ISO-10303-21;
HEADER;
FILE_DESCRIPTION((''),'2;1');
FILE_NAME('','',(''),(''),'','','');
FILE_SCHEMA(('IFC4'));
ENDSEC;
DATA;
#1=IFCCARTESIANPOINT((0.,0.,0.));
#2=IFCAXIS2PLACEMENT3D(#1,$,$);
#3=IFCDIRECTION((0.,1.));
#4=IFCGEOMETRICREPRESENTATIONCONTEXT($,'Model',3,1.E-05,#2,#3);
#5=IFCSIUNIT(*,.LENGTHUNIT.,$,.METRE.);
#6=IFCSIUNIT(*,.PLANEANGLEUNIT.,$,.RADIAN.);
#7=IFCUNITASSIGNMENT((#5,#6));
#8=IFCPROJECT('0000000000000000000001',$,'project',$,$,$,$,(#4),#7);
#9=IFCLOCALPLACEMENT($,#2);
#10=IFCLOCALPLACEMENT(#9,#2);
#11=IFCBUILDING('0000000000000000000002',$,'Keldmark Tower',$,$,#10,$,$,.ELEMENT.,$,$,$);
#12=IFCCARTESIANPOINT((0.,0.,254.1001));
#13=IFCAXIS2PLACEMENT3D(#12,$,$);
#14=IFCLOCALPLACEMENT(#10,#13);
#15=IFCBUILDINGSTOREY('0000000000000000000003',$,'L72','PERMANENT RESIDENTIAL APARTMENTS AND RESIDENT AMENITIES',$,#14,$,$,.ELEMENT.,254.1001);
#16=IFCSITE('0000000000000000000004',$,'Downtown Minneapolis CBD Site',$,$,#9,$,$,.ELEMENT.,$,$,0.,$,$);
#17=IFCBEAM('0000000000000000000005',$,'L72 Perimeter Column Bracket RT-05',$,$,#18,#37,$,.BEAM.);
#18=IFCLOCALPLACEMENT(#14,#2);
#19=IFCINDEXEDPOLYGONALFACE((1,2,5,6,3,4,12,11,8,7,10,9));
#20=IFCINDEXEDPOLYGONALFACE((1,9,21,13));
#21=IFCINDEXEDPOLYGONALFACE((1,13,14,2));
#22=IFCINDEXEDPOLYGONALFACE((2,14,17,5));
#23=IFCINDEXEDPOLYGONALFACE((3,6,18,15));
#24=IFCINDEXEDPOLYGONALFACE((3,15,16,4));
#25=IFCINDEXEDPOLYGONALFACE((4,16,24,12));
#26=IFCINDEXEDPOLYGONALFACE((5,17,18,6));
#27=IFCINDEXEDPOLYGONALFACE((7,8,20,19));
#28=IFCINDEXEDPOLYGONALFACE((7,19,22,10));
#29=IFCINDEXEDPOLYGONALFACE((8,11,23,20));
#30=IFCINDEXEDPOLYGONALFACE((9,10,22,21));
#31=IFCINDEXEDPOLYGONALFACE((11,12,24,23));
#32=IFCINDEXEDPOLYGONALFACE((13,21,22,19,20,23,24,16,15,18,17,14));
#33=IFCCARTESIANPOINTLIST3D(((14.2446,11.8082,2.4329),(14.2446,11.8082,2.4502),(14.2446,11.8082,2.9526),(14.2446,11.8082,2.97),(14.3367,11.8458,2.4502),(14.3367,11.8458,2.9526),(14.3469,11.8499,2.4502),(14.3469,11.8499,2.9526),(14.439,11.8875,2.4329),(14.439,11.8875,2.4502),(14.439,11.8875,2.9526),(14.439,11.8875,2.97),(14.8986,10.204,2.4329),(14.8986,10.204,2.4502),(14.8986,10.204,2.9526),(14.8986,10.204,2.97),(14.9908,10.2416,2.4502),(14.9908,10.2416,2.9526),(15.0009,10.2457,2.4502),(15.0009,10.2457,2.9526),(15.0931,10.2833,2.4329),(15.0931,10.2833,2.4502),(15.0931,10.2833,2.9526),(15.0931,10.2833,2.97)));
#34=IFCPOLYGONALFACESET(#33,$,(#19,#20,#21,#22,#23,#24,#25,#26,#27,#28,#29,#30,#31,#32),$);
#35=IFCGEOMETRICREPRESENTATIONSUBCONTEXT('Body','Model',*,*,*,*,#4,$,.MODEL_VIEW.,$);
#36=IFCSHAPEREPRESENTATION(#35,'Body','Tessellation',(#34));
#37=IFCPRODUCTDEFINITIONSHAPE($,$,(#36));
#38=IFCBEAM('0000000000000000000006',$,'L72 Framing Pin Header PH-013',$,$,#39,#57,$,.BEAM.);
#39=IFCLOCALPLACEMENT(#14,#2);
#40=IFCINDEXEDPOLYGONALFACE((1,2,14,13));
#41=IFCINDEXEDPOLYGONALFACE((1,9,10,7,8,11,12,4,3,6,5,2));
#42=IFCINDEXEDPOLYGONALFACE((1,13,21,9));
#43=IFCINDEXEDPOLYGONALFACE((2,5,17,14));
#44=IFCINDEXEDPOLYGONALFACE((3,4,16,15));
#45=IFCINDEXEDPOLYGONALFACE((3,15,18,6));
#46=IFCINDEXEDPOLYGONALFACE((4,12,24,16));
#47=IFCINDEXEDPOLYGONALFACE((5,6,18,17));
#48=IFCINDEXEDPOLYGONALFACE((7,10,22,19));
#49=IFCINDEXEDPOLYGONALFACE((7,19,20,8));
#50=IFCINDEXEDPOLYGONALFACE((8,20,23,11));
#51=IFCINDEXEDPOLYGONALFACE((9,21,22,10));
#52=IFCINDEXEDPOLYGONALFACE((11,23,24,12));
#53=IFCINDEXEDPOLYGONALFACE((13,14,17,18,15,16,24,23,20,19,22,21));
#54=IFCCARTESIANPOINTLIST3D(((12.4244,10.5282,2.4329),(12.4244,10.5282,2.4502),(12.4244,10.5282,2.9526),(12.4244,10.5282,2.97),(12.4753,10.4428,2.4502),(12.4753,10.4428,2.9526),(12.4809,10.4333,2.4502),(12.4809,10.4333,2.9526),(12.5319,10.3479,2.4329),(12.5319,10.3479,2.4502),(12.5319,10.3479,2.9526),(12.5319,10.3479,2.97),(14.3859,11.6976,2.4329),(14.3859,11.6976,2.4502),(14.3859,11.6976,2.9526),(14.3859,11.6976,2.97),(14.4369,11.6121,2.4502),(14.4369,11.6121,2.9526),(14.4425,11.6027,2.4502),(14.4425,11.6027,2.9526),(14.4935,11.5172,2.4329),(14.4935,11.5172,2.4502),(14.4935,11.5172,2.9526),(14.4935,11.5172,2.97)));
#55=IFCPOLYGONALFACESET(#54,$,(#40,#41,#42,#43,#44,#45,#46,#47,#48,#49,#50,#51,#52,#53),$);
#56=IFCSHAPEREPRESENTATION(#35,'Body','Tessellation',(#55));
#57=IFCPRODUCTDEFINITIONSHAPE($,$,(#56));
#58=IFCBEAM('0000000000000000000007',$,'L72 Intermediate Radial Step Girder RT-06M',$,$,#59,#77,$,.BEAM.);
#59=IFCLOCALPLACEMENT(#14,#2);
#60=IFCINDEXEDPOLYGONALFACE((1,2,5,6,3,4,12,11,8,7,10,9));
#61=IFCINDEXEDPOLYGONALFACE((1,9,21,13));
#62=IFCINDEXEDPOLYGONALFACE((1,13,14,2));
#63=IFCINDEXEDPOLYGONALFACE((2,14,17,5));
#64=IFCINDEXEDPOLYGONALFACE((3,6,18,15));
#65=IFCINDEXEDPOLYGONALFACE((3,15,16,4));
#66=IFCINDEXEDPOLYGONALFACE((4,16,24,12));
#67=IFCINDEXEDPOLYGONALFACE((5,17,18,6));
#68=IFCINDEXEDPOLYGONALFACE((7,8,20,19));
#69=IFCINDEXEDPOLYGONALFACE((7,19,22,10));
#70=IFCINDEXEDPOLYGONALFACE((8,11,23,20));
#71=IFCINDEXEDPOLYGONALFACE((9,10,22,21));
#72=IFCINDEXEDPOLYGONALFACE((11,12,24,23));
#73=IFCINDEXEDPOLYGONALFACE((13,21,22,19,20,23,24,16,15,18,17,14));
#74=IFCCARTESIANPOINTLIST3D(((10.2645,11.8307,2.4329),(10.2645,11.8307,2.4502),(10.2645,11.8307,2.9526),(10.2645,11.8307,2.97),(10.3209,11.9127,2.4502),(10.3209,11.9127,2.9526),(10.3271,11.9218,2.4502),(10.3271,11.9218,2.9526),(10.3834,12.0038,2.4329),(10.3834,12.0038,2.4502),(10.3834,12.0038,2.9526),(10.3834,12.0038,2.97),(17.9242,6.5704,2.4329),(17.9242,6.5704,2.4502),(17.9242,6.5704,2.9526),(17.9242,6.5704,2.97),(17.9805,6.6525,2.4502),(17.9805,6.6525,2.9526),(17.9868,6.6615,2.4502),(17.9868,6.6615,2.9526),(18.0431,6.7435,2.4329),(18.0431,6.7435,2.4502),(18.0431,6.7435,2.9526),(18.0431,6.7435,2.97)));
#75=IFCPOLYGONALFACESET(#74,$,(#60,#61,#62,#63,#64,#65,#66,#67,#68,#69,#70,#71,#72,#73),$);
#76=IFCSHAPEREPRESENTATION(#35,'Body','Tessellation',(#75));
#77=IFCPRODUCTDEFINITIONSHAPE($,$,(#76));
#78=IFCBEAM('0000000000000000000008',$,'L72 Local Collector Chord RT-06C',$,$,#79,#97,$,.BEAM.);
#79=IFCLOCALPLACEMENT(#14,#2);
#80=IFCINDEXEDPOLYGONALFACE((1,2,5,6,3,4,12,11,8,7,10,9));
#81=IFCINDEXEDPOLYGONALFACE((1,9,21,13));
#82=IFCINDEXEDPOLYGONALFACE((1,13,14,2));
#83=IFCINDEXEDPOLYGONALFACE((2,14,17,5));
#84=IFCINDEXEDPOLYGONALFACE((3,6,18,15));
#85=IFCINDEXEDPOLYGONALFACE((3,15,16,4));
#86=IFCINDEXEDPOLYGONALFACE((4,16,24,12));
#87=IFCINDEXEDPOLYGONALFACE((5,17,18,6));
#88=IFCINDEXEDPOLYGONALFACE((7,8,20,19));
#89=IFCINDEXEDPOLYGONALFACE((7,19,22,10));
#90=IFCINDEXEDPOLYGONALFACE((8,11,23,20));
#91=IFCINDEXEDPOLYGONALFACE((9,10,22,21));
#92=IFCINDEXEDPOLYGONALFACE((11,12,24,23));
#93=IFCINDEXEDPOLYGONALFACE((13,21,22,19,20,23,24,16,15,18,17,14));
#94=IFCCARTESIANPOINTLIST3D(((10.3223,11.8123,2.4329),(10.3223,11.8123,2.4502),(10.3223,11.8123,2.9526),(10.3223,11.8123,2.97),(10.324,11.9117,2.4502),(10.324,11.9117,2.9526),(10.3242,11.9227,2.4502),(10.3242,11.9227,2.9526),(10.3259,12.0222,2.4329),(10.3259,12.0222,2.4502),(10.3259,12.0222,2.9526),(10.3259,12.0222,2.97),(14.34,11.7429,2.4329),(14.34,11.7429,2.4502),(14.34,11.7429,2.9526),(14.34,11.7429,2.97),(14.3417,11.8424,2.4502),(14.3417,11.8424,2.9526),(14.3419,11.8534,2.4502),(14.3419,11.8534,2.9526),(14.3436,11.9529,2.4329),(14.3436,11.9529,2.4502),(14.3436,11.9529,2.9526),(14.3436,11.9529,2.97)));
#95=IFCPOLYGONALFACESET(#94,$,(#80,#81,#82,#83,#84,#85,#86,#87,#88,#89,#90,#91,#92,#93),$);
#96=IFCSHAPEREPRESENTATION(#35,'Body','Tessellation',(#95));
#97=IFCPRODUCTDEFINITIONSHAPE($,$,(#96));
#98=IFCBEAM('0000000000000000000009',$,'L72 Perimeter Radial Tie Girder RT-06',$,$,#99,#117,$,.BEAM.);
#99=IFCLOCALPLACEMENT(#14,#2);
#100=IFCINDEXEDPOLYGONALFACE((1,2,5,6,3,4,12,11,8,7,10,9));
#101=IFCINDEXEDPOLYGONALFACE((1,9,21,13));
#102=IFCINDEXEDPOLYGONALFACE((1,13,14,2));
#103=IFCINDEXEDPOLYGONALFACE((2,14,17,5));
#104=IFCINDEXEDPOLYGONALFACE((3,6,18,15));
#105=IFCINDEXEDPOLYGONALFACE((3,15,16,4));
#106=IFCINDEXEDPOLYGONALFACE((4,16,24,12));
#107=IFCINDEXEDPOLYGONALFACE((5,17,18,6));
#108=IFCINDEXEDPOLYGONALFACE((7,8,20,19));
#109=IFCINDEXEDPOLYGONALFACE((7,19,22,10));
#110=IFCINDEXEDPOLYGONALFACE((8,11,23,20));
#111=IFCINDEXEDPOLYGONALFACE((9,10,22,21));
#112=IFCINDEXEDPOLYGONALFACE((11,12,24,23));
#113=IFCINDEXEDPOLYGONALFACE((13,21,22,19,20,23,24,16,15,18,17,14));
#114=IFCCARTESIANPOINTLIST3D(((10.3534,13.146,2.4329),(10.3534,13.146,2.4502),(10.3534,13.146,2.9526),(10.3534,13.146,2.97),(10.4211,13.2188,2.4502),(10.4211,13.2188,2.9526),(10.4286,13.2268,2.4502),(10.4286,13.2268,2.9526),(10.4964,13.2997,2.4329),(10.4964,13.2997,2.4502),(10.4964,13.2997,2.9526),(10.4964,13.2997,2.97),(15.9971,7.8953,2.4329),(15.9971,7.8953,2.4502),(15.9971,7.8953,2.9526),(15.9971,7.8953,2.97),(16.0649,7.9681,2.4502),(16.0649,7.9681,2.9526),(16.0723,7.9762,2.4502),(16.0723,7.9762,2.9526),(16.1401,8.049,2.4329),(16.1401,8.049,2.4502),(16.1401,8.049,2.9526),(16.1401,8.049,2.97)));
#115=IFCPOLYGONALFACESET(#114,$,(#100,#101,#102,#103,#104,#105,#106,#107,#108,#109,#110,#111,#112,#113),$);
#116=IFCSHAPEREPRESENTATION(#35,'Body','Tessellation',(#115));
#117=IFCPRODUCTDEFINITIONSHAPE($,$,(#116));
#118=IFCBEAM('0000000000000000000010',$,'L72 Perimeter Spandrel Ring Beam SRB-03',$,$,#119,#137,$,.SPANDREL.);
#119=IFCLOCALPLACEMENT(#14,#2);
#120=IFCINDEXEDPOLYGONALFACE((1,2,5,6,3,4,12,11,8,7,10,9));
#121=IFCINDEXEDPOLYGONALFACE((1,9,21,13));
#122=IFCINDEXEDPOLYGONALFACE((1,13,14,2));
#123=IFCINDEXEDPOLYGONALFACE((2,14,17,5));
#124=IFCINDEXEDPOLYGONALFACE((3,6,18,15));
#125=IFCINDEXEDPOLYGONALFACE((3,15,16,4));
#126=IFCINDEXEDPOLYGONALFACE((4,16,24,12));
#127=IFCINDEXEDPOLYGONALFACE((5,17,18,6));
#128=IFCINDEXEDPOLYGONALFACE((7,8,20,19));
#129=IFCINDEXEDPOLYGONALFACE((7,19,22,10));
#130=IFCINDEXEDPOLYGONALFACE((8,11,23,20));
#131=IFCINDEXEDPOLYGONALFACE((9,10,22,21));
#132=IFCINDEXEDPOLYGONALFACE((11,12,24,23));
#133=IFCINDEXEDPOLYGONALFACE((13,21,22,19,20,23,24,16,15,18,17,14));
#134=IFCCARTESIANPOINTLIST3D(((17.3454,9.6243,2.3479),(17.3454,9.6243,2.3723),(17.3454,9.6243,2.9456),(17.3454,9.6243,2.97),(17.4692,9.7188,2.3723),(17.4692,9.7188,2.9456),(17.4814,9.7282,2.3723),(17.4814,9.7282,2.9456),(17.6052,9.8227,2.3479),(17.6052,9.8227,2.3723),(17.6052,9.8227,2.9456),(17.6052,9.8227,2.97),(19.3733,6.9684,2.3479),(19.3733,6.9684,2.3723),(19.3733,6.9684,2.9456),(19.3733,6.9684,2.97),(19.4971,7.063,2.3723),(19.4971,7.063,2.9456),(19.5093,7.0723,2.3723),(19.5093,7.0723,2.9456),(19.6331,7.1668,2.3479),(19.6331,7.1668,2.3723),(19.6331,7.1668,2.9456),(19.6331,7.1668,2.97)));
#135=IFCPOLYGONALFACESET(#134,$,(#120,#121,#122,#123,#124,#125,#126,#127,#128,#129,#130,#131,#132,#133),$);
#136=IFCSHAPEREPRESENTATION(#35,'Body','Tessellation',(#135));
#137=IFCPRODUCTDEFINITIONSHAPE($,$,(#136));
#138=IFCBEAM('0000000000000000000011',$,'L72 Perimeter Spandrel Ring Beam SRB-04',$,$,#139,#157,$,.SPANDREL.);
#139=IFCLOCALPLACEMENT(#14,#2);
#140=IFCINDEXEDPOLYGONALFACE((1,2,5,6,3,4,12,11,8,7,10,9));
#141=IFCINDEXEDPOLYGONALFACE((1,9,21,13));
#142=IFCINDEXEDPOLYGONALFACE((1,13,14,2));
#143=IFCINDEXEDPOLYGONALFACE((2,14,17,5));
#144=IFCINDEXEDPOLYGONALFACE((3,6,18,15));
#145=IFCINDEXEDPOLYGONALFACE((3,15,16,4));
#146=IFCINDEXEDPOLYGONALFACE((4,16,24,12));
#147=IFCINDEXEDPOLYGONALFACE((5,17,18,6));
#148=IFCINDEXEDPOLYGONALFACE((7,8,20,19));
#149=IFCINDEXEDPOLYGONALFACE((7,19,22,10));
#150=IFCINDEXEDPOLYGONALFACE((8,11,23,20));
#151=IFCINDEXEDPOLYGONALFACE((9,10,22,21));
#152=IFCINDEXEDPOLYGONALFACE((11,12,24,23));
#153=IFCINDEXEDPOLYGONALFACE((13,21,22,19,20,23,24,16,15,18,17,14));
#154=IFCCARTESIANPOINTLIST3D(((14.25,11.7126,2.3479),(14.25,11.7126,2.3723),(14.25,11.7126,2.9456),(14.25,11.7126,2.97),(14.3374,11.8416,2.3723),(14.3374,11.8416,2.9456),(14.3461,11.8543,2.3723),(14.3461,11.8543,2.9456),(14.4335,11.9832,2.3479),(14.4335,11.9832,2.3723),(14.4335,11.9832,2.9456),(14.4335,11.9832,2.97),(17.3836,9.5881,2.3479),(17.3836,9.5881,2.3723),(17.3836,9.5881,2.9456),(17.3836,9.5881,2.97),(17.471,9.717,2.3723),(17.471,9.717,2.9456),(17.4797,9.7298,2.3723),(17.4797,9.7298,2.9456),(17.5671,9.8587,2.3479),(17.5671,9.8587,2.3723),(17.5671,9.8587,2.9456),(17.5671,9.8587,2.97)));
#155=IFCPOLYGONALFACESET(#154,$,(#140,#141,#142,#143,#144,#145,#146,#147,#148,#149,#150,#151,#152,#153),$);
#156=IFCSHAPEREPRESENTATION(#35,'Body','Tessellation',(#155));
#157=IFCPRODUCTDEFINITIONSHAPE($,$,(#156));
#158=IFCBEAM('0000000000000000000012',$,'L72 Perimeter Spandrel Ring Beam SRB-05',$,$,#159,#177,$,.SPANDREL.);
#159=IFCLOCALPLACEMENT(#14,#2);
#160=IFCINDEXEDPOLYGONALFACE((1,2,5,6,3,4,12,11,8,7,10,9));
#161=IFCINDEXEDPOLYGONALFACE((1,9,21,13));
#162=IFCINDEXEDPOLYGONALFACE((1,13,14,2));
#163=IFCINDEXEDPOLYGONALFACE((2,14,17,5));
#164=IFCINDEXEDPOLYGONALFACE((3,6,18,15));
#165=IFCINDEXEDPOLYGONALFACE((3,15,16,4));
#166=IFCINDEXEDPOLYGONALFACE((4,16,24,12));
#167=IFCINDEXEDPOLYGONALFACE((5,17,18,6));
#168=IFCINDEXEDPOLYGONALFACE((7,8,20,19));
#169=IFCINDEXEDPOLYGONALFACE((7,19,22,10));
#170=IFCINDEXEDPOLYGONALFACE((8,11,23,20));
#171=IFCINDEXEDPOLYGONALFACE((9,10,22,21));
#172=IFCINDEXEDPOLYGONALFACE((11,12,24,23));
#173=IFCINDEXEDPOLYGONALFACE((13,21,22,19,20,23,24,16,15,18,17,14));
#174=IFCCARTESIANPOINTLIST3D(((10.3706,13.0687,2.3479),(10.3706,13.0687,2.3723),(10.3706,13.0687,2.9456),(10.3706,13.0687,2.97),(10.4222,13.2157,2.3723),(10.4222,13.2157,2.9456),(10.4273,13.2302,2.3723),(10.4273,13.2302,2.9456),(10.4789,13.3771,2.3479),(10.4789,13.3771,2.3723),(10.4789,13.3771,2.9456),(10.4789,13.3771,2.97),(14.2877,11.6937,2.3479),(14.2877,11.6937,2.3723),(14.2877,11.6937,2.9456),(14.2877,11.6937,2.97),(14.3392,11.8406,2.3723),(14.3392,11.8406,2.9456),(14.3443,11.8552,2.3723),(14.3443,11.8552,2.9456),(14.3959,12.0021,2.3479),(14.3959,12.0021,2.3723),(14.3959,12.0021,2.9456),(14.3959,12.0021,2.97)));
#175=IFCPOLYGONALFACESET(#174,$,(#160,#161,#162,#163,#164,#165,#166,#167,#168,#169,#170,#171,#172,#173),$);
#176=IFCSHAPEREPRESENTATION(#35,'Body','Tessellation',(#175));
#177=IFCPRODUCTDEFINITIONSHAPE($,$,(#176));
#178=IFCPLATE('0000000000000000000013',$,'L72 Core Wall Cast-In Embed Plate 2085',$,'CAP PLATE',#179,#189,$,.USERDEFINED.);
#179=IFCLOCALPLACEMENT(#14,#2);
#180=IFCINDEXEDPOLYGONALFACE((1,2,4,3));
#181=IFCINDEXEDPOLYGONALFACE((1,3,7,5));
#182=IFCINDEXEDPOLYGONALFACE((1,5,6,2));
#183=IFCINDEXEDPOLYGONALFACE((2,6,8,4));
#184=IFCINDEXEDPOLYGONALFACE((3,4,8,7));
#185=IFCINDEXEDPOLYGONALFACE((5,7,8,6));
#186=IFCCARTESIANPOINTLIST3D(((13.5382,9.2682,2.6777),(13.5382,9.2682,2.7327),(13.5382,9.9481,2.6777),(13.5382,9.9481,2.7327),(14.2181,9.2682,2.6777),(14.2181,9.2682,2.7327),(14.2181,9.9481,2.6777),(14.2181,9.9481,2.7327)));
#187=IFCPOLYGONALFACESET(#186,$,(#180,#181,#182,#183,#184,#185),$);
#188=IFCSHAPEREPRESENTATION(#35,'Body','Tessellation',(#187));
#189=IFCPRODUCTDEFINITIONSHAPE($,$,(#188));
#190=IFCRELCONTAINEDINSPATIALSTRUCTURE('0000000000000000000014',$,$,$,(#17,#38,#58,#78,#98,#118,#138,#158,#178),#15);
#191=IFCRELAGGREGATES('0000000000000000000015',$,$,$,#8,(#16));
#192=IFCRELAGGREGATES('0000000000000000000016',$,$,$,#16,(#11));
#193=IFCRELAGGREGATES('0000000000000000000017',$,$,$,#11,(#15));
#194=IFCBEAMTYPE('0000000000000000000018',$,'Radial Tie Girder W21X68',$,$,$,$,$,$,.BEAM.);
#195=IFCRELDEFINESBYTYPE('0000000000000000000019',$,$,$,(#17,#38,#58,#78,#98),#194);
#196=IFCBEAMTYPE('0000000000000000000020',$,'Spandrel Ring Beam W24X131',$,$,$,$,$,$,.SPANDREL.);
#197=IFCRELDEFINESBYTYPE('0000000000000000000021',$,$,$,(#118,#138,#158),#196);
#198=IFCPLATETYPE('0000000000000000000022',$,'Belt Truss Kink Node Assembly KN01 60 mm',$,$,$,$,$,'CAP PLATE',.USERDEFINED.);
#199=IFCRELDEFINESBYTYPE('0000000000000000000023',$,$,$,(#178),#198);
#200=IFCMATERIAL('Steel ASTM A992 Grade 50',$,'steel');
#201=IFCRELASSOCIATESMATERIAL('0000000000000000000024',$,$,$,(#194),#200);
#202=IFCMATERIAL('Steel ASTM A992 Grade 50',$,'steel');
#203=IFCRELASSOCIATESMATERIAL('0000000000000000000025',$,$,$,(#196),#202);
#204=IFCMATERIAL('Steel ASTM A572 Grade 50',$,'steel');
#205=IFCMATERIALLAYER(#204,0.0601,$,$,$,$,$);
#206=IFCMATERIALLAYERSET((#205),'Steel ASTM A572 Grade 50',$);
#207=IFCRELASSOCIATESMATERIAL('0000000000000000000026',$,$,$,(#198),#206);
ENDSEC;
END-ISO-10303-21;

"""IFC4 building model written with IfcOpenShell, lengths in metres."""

from ifc_helpers import new_model, si_unit, direction, frame, origin, origin_2d, place, context, subcontext, project, spatial, rectangle, i_section, extrude, material, layer, layer_set, material_profile, profile_set, type_object, element, save


model = new_model("IFC4")

# Units and contexts
model_context = context("Model", 3, precision=1e-05, world=origin(), true_north=direction((0.0, 1.0)))
body_context = subcontext(model_context, "Body", "Model", "MODEL_VIEW")
ifc_project = project(units=[si_unit("LENGTHUNIT", "METRE"), si_unit("PLANEANGLEUNIT", "RADIAN")], contexts=[model_context])

# Site, building, storey
site_placement = place(None, origin())
site = spatial("IfcSite", under=ifc_project, at=site_placement, Name="Downtown Minneapolis CBD Site", CompositionType="ELEMENT", RefElevation=0.0)
building_placement = place(site_placement, origin())
building = spatial("IfcBuilding", under=site, at=building_placement, Name="Keldmark Tower", CompositionType="ELEMENT")
storey_placement = place(building_placement, frame((0.0, 0.0, 254.1001)))
storey = spatial("IfcBuildingStorey", under=building, at=storey_placement, Name="L72", Description="PERMANENT RESIDENTIAL APARTMENTS AND RESIDENT AMENITIES", CompositionType="ELEMENT", Elevation=254.1001)

# Beams
ifc_material_1 = material(Name="Steel ASTM A992 Grade 50", Category="steel")
ifc_material_profile_1 = material_profile(ifc_material_1, i_section(OverallWidth=0.21, OverallDepth=0.5371, WebThickness=0.011, FlangeThickness=0.0173, at=origin_2d()), Name="W21X68")
ifc_profile_set_1 = profile_set([ifc_material_profile_1], Name="Steel ASTM A992 Grade 50")
beam_type_1 = type_object("IfcBeamType", Name="Radial Tie Girder W21X68", PredefinedType="BEAM", material=ifc_profile_set_1)
beam_1_placement = place(storey_placement, frame((14.9958, 10.2437, 2.7014), z_axis=(-0.37753, 0.925997, 0.0), x_axis=(-0.925997, -0.37753, 0.0)))
element("IfcBeam", 1, at=beam_1_placement, inside=storey, type_object=beam_type_1, Name="L72 Perimeter Column Bracket RT-05", PredefinedType="BEAM", context=body_context, shape_type="SweptSolid", body=[
    extrude(i_section(OverallWidth=0.21, OverallDepth=0.5371, WebThickness=0.011, FlangeThickness=0.0173, at=origin_2d()), origin(), (0.0, 0.0, 1.0), 1.7324),
])
beam_2_placement = place(storey_placement, frame((14.4397, 11.6074, 2.7014), z_axis=(-0.858951, -0.512057, 0.0), x_axis=(0.512057, -0.858951, 0.0)))
element("IfcBeam", 2, at=beam_2_placement, inside=storey, type_object=beam_type_1, Name="L72 Framing Pin Header PH-013", PredefinedType="BEAM", context=body_context, shape_type="SweptSolid", body=[
    extrude(i_section(OverallWidth=0.21, OverallDepth=0.5371, WebThickness=0.011, FlangeThickness=0.0173, at=origin_2d()), origin(), (0.0, 0.0, 1.0), 2.2837),
])
beam_3_placement = place(storey_placement, frame((17.9836, 6.657, 2.7014), z_axis=(-0.824332, 0.566107, 0.0), x_axis=(-0.566107, -0.824332, 0.0)))
element("IfcBeam", 3, at=beam_3_placement, inside=storey, type_object=beam_type_1, Name="L72 Intermediate Radial Step Girder RT-06M", PredefinedType="BEAM", context=body_context, shape_type="SweptSolid", body=[
    extrude(i_section(OverallWidth=0.21, OverallDepth=0.5371, WebThickness=0.011, FlangeThickness=0.0173, at=origin_2d()), origin(), (0.0, 0.0, 1.0), 9.292),
])
beam_4_placement = place(storey_placement, frame((14.3418, 11.8479, 2.7014), z_axis=(-0.999851, 0.017255, 0.0), x_axis=(-0.017255, -0.999851, 0.0)))
element("IfcBeam", 4, at=beam_4_placement, inside=storey, type_object=beam_type_1, Name="L72 Local Collector Chord RT-06C", PredefinedType="BEAM", context=body_context, shape_type="SweptSolid", body=[
    extrude(i_section(OverallWidth=0.21, OverallDepth=0.5371, WebThickness=0.011, FlangeThickness=0.0173, at=origin_2d()), origin(), (0.0, 0.0, 1.0), 4.0183),
])
beam_5_placement = place(storey_placement, frame((16.0686, 7.9722, 2.7014), z_axis=(-0.732142, 0.681152, 0.0), x_axis=(-0.681152, -0.732142, 0.0)))
element("IfcBeam", 5, at=beam_5_placement, inside=storey, type_object=beam_type_1, Name="L72 Perimeter Radial Tie Girder RT-06", PredefinedType="BEAM", context=body_context, shape_type="SweptSolid", body=[
    extrude(i_section(OverallWidth=0.21, OverallDepth=0.5371, WebThickness=0.011, FlangeThickness=0.0173, at=origin_2d()), origin(), (0.0, 0.0, 1.0), 7.7085),
])
ifc_material_2 = material(Name="Steel ASTM A992 Grade 50", Category="steel")
ifc_material_profile_2 = material_profile(ifc_material_2, i_section(OverallWidth=0.3269, OverallDepth=0.6221, WebThickness=0.0154, FlangeThickness=0.0244, at=origin_2d()), Name="W24X131")
ifc_profile_set_2 = profile_set([ifc_material_profile_2], Name="Steel ASTM A992 Grade 50")
beam_type_2 = type_object("IfcBeamType", Name="Spandrel Ring Beam W24X131", PredefinedType="SPANDREL", material=ifc_profile_set_2)
beam_6_placement = place(storey_placement, frame((19.5032, 7.0676, 2.6589), z_axis=(-0.606875, 0.794797, 0.0), x_axis=(-0.794797, -0.606875, 0.0)))
element("IfcBeam", 6, at=beam_6_placement, inside=storey, type_object=beam_type_2, Name="L72 Perimeter Spandrel Ring Beam SRB-03", PredefinedType="SPANDREL", context=body_context, shape_type="SweptSolid", body=[
    extrude(i_section(OverallWidth=0.3269, OverallDepth=0.6221, WebThickness=0.0154, FlangeThickness=0.0244, at=origin_2d()), origin(), (0.0, 0.0, 1.0), 3.3416),
])
beam_7_placement = place(storey_placement, frame((17.4753, 9.7234, 2.6589), z_axis=(-0.827699, 0.561172, 0.0), x_axis=(-0.561172, -0.827699, 0.0)))
element("IfcBeam", 7, at=beam_7_placement, inside=storey, type_object=beam_type_2, Name="L72 Perimeter Spandrel Ring Beam SRB-04", PredefinedType="SPANDREL", context=body_context, shape_type="SweptSolid", body=[
    extrude(i_section(OverallWidth=0.3269, OverallDepth=0.6221, WebThickness=0.0154, FlangeThickness=0.0244, at=origin_2d()), origin(), (0.0, 0.0, 1.0), 3.7859),
])
beam_8_placement = place(storey_placement, frame((14.3418, 11.8479, 2.6589), z_axis=(-0.943554, 0.33122, 0.0), x_axis=(-0.33122, -0.943554, 0.0)))
element("IfcBeam", 8, at=beam_8_placement, inside=storey, type_object=beam_type_2, Name="L72 Perimeter Spandrel Ring Beam SRB-05", PredefinedType="SPANDREL", context=body_context, shape_type="SweptSolid", body=[
    extrude(i_section(OverallWidth=0.3269, OverallDepth=0.6221, WebThickness=0.0154, FlangeThickness=0.0244, at=origin_2d()), origin(), (0.0, 0.0, 1.0), 4.1514),
])

# Plate
ifc_material_3 = material(Name="Steel ASTM A572 Grade 50", Category="steel")
ifc_layer_1 = layer(ifc_material_3, 0.0601)
ifc_layer_set_1 = layer_set([ifc_layer_1], Name="Steel ASTM A572 Grade 50")
plate_type_1 = type_object("IfcPlateType", Name="Belt Truss Kink Node Assembly KN01 60 mm", ElementType="CAP PLATE", PredefinedType="USERDEFINED", material=ifc_layer_set_1)
plate_placement = place(storey_placement, frame((13.8782, 9.6082, 2.6777), z_axis=(0.0, 0.0, 1.0), x_axis=(1.0, 0.0, 0.0)))
element("IfcPlate", 9, at=plate_placement, inside=storey, type_object=plate_type_1, Name="L72 Core Wall Cast-In Embed Plate 2085", ObjectType="CAP PLATE", PredefinedType="USERDEFINED", context=body_context, shape_type="SweptSolid", body=[
    extrude(rectangle(XDim=0.6799, YDim=0.6799, at=origin_2d()), origin(), (0.0, 0.0, 1.0), 0.0549),
])

save(model, "model.ifc")
